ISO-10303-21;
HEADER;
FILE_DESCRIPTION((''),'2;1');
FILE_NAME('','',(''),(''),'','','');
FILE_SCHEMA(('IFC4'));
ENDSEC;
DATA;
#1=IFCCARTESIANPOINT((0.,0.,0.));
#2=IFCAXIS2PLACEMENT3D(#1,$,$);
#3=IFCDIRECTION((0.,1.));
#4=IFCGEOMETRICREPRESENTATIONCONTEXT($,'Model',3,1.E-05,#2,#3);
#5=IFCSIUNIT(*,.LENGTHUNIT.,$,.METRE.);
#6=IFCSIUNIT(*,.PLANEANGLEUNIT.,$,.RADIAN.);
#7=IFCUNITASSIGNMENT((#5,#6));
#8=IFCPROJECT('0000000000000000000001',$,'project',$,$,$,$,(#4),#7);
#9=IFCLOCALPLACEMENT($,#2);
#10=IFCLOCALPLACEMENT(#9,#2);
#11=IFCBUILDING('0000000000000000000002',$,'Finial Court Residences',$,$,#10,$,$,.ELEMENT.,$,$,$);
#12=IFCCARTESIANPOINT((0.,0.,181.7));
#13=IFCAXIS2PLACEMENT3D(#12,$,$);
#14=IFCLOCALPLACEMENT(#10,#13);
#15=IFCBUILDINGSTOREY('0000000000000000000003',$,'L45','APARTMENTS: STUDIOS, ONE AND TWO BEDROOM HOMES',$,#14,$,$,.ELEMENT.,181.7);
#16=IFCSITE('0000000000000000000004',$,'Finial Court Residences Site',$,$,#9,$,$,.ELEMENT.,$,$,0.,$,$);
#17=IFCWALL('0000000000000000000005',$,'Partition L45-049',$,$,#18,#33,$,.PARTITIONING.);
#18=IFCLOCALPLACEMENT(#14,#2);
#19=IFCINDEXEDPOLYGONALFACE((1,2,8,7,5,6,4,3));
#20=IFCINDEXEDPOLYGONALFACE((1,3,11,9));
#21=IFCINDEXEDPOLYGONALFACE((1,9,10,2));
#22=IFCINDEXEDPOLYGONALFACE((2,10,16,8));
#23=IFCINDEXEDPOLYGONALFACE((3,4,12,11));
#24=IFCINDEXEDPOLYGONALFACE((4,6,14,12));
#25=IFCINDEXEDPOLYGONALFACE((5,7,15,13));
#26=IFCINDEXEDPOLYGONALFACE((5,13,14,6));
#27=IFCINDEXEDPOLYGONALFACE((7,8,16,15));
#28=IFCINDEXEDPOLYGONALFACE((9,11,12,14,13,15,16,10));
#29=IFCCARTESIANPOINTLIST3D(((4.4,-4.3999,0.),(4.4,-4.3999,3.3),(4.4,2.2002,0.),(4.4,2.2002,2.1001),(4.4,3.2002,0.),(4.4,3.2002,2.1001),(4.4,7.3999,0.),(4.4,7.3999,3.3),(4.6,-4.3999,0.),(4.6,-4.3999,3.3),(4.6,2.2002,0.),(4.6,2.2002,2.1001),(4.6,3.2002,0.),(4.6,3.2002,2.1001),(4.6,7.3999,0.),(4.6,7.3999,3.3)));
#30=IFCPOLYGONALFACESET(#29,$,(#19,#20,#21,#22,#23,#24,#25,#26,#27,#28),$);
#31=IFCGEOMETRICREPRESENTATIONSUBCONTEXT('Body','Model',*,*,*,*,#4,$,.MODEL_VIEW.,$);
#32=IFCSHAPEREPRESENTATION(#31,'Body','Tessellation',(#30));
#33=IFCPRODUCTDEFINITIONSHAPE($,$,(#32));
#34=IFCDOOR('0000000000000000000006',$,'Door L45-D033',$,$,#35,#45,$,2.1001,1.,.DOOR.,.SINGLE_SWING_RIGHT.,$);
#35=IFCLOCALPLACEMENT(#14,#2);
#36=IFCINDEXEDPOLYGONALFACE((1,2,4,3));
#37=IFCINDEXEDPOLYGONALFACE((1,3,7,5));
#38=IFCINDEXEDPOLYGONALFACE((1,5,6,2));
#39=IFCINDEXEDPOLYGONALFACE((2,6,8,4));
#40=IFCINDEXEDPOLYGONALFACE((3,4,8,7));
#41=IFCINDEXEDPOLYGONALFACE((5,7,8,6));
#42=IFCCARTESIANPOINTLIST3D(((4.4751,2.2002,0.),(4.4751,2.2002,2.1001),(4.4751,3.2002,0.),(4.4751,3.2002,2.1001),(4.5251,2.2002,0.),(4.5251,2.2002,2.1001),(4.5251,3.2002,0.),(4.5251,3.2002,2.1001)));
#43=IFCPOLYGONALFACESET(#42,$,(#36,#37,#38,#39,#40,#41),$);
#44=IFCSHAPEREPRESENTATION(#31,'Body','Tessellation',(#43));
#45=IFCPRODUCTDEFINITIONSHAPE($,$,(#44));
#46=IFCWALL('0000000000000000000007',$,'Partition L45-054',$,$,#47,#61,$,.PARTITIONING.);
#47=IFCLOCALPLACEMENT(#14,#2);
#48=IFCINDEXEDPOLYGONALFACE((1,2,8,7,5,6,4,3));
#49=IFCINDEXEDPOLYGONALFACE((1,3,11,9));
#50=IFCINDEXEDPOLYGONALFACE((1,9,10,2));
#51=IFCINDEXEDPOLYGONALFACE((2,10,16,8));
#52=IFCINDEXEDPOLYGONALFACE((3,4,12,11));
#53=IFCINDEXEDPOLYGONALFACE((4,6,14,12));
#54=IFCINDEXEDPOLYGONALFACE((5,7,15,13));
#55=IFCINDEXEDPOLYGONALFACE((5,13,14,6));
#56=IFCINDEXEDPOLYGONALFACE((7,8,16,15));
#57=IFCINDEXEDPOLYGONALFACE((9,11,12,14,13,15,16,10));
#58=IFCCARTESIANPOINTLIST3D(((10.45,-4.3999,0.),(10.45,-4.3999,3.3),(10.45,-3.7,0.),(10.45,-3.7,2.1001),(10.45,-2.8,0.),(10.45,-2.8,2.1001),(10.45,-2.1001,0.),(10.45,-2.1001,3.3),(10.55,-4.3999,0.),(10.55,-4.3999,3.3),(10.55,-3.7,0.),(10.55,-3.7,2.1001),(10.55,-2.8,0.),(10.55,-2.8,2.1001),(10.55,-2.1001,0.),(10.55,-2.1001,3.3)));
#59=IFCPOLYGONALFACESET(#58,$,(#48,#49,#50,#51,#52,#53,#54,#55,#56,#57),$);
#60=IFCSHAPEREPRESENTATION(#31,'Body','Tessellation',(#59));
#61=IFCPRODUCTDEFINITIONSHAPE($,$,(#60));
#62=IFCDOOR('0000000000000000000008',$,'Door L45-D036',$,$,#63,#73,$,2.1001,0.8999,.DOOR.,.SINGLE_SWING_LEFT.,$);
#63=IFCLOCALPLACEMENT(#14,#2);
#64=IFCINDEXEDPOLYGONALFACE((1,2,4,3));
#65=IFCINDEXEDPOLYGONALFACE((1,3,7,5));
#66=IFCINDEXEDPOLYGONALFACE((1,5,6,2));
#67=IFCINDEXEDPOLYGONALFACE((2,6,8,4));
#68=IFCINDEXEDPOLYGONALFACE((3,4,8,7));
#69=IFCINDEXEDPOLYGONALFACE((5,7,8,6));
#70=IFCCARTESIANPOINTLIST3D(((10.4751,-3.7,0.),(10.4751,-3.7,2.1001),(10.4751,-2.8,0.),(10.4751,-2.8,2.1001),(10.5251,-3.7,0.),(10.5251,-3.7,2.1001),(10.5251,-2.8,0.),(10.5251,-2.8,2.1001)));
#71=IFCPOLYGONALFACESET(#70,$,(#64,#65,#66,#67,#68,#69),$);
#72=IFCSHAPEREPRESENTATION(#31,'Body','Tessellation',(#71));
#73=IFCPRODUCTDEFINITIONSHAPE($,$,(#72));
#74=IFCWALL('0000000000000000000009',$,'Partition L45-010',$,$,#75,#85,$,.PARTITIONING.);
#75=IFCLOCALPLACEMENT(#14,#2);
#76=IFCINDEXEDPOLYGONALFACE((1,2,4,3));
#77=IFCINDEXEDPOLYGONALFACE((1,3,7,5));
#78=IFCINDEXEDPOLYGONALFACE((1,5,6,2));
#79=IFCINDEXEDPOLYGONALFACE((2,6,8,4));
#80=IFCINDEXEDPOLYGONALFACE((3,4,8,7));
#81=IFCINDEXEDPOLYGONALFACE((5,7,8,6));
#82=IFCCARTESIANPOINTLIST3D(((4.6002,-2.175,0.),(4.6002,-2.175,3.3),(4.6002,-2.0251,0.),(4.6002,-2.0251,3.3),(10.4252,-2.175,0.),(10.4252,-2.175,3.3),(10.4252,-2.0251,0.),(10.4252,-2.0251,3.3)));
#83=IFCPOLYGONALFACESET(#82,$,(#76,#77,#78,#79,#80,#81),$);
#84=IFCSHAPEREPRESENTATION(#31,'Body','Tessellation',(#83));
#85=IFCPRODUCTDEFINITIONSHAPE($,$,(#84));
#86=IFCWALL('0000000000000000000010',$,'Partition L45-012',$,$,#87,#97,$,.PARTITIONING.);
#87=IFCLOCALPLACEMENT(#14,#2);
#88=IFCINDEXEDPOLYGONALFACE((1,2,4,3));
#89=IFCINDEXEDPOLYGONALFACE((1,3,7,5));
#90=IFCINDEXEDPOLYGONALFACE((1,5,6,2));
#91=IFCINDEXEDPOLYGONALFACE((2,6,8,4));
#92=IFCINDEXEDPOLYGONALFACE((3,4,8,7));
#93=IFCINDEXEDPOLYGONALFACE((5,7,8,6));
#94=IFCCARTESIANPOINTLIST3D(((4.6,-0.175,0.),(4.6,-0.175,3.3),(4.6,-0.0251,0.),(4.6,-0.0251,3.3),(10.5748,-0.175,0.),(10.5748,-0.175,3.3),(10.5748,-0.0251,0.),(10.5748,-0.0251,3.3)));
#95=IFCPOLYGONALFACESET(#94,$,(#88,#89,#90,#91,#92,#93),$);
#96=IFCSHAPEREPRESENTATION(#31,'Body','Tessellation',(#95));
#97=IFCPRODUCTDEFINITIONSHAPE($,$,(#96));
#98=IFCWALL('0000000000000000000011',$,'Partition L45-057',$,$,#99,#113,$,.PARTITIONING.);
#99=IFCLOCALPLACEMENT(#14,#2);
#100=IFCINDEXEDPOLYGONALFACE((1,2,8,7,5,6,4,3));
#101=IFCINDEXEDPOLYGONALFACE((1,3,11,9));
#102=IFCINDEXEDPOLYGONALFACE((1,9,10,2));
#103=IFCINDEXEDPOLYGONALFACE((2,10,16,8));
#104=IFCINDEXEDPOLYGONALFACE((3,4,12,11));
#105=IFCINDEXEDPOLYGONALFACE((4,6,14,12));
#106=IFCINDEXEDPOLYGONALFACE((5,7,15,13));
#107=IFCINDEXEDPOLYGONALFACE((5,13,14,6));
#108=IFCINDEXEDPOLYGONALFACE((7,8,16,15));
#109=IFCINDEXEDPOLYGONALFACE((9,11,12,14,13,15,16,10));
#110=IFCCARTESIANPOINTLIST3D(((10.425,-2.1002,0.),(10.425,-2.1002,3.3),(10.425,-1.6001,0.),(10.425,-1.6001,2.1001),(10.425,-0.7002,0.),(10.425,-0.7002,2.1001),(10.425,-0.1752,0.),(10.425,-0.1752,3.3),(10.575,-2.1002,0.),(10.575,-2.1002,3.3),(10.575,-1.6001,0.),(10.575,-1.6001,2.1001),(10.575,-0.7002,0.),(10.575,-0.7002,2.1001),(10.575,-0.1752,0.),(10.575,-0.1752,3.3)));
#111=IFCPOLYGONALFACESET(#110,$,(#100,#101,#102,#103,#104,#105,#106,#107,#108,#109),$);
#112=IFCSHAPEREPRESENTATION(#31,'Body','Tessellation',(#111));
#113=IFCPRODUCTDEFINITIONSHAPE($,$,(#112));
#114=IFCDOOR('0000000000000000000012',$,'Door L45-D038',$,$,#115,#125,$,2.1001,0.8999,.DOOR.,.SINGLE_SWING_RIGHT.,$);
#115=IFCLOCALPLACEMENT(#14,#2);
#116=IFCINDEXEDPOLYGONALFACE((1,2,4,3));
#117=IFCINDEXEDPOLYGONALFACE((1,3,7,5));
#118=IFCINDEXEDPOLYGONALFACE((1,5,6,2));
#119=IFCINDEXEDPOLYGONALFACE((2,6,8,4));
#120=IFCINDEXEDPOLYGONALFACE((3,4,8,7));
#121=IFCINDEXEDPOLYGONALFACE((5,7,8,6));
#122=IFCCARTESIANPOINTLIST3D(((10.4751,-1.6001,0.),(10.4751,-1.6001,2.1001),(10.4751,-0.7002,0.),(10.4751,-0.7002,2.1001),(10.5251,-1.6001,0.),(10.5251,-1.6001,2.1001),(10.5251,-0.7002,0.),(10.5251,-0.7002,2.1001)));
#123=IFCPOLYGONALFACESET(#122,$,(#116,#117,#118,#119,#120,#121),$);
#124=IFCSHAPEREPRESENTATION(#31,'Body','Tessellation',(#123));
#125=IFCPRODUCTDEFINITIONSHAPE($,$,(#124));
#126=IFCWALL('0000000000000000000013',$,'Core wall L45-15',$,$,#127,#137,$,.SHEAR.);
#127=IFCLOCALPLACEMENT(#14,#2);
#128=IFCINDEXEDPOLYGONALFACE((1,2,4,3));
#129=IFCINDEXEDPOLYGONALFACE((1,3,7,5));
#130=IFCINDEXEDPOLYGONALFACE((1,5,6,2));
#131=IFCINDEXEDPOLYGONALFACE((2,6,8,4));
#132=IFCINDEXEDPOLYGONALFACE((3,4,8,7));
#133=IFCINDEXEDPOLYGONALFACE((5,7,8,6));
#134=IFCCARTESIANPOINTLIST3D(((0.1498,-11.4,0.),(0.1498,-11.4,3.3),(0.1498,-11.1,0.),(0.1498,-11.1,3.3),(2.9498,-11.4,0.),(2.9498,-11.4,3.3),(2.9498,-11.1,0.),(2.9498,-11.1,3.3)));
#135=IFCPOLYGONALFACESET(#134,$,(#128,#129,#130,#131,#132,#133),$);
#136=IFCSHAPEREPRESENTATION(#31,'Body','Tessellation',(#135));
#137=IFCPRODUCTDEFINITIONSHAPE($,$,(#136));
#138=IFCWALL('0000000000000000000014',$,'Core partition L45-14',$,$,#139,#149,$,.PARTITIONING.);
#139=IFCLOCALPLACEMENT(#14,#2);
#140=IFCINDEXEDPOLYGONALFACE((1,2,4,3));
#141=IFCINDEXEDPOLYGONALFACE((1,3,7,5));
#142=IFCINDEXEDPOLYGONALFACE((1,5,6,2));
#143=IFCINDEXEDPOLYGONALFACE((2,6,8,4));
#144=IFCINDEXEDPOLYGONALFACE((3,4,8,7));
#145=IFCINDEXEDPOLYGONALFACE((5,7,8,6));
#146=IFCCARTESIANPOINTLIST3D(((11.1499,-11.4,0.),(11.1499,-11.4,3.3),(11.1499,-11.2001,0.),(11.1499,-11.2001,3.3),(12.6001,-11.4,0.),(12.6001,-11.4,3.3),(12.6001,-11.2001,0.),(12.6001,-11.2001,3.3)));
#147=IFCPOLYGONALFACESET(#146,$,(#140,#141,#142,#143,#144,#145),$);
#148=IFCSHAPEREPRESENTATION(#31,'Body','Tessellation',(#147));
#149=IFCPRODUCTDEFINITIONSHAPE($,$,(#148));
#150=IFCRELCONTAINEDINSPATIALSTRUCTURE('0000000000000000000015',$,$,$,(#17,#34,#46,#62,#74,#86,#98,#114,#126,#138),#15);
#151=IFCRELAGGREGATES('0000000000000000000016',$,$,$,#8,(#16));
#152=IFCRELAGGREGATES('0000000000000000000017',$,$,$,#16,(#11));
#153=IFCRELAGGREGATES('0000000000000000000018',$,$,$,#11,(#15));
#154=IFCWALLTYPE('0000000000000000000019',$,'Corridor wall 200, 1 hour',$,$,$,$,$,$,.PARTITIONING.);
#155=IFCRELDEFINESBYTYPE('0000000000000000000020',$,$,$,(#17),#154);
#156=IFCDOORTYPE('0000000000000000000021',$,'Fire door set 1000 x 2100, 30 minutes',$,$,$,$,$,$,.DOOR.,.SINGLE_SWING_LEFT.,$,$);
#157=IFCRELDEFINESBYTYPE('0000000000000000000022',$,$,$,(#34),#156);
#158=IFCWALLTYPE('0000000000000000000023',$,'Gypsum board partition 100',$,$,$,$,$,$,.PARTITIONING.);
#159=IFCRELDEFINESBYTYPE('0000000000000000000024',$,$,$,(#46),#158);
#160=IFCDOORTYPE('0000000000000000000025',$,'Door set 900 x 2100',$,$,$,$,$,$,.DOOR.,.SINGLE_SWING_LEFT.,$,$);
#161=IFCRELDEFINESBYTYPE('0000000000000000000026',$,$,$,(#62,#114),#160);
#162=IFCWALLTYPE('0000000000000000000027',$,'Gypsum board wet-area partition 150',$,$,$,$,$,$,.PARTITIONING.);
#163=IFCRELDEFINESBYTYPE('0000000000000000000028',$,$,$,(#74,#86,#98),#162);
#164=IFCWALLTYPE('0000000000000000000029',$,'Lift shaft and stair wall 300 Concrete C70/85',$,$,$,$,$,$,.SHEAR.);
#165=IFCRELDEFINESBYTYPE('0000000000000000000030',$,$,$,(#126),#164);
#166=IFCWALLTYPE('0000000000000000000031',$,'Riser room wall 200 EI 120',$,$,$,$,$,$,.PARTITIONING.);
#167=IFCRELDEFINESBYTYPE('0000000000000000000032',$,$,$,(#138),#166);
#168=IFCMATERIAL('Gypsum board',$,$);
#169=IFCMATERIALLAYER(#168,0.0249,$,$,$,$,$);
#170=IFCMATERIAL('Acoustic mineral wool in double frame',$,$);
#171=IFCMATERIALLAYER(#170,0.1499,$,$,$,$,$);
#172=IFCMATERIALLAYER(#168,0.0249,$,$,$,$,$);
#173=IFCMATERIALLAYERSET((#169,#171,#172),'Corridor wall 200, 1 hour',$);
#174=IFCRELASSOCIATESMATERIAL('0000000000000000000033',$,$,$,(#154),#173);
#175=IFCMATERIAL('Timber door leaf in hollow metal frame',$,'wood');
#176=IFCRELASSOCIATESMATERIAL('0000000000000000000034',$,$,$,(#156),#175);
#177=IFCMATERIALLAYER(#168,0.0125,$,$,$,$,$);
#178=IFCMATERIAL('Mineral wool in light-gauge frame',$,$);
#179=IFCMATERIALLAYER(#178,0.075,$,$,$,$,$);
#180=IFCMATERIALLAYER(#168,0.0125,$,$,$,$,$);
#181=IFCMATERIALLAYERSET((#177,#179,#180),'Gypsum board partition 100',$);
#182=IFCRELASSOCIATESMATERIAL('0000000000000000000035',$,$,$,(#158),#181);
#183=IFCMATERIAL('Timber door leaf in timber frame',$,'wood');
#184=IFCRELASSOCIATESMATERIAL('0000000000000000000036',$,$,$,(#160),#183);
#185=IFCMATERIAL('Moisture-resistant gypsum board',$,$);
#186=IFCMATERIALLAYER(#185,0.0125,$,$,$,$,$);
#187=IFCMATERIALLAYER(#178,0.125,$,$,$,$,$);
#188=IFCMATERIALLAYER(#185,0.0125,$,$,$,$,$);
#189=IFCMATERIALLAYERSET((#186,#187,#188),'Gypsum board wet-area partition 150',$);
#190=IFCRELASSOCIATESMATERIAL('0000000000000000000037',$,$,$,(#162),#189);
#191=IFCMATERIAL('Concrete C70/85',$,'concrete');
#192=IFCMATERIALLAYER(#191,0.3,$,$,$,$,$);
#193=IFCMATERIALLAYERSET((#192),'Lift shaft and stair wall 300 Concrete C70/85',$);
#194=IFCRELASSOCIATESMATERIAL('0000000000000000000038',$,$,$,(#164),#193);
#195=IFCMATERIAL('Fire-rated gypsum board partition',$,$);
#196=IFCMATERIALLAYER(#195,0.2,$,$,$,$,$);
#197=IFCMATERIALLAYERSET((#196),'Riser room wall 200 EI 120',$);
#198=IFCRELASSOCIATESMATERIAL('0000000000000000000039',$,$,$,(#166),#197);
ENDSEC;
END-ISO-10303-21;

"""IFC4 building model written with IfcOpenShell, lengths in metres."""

from ifc_helpers import new_model, si_unit, direction, frame, frame_2d, origin, place, context, subcontext, project, spatial, rectangle, extrude, material, layer, layer_set, type_object, element, fill, save


model = new_model("IFC4")

# Units and contexts
model_context = context("Model", 3, precision=1e-05, world=origin(), true_north=direction((0.0, 1.0)))
body_context = subcontext(model_context, "Body", "Model", "MODEL_VIEW")
ifc_project = project(units=[si_unit("LENGTHUNIT", "METRE"), si_unit("PLANEANGLEUNIT", "RADIAN")], contexts=[model_context])

# Site, building, storey
site_placement = place(None, origin())
site = spatial("IfcSite", under=ifc_project, at=site_placement, Name="Finial Court Residences Site", CompositionType="ELEMENT", RefElevation=0.0)
building_placement = place(site_placement, origin())
building = spatial("IfcBuilding", under=site, at=building_placement, Name="Finial Court Residences", CompositionType="ELEMENT")
storey_placement = place(building_placement, frame((0.0, 0.0, 181.7)))
storey = spatial("IfcBuildingStorey", under=building, at=storey_placement, Name="L45", Description="APARTMENTS: STUDIOS, ONE AND TWO BEDROOM HOMES", CompositionType="ELEMENT", Elevation=181.7)

# Shared definitions
ifc_material_1 = material(Name="Fire-rated gypsum board partition")

# Shared definitions
ifc_material_2 = material(Name="Gypsum board")
ifc_layer_1 = layer(ifc_material_2, 0.0249)
ifc_material_3 = material(Name="Acoustic mineral wool in double frame")
ifc_layer_2 = layer(ifc_material_3, 0.1499)
ifc_layer_3 = layer(ifc_material_2, 0.0249)
ifc_layer_set_1 = layer_set([ifc_layer_1, ifc_layer_2, ifc_layer_3], Name="Corridor wall 200, 1 hour")
wall_type_1 = type_object("IfcWallType", Name="Corridor wall 200, 1 hour", PredefinedType="PARTITIONING", material=ifc_layer_set_1)
ifc_material_4 = material(Name="Timber door leaf in hollow metal frame", Category="wood")
door_type_1 = type_object("IfcDoorType", Name="Fire door set 1000 x 2100, 30 minutes", OperationType="SINGLE_SWING_LEFT", PredefinedType="DOOR", material=ifc_material_4)

# Walls, openings, doors
wall_1_placement = place(storey_placement, frame((4.5, -4.3999, 0.0), z_axis=(0.0, 0.0, 1.0), x_axis=(0.0, 1.0, 0.0)))
wall_1 = element("IfcWall", 1, at=wall_1_placement, inside=storey, type_object=wall_type_1, Name="Partition L45-049", PredefinedType="PARTITIONING", context=body_context, shape_type="SweptSolid", body=[
    extrude(rectangle(XDim=11.7998, YDim=0.2, at=frame_2d((5.8999, 0.0))), origin(), (0.0, 0.0, 1.0), 3.3),
])
opening_1_placement = place(wall_1_placement, frame((6.6001, 0.0, 0.0)))
opening_1 = element("IfcOpeningElement", 2, at=opening_1_placement, cuts=wall_1, PredefinedType="OPENING", context=body_context, shape_type="SweptSolid", body=[
    extrude(rectangle(XDim=1.0, YDim=2.1001, at=frame_2d((0.5, 1.05))), frame((0.0, 0.1099, 0.0), z_axis=(0.0, -1.0, 0.0), x_axis=(1.0, 0.0, 0.0)), (0.0, 0.0, 1.0), 0.22),
])
door_1_placement = place(opening_1_placement, origin())
door_1 = element("IfcDoor", 3, at=door_1_placement, inside=storey, type_object=door_type_1, Name="Door L45-D033", OperationType="SINGLE_SWING_RIGHT", OverallHeight=2.1001, OverallWidth=1.0, PredefinedType="DOOR", context=body_context, shape_type="SweptSolid", body=[
    extrude(rectangle(XDim=1.0, YDim=2.1001, at=frame_2d((0.5, 1.05))), frame((0.0, 0.0249, 0.0), z_axis=(0.0, -1.0, 0.0), x_axis=(1.0, 0.0, 0.0)), (0.0, 0.0, 1.0), 0.05),
])
fill(opening_1, door_1)
ifc_layer_4 = layer(ifc_material_2, 0.0125)
ifc_material_5 = material(Name="Mineral wool in light-gauge frame")
ifc_layer_5 = layer(ifc_material_5, 0.075)
ifc_layer_6 = layer(ifc_material_2, 0.0125)
ifc_layer_set_2 = layer_set([ifc_layer_4, ifc_layer_5, ifc_layer_6], Name="Gypsum board partition 100")
wall_type_2 = type_object("IfcWallType", Name="Gypsum board partition 100", PredefinedType="PARTITIONING", material=ifc_layer_set_2)
wall_2_placement = place(storey_placement, frame((10.5, -4.3999, 0.0), z_axis=(0.0, 0.0, 1.0), x_axis=(0.0, 1.0, 0.0)))
wall_2 = element("IfcWall", 4, at=wall_2_placement, inside=storey, type_object=wall_type_2, Name="Partition L45-054", PredefinedType="PARTITIONING", context=body_context, shape_type="SweptSolid", body=[
    extrude(rectangle(XDim=2.2998, YDim=0.1001, at=frame_2d((1.1499, 0.0))), origin(), (0.0, 0.0, 1.0), 3.3),
])
opening_2_placement = place(wall_2_placement, frame((0.7, 0.0, 0.0)))
opening_2 = element("IfcOpeningElement", 5, at=opening_2_placement, cuts=wall_2, PredefinedType="OPENING", context=body_context, shape_type="SweptSolid", body=[
    extrude(rectangle(XDim=0.8999, YDim=2.1001, at=frame_2d((0.45, 1.05))), frame((0.0, 0.0601, 0.0), z_axis=(0.0, -1.0, 0.0), x_axis=(1.0, 0.0, 0.0)), (0.0, 0.0, 1.0), 0.1201),
])
ifc_material_6 = material(Name="Timber door leaf in timber frame", Category="wood")
door_type_2 = type_object("IfcDoorType", Name="Door set 900 x 2100", OperationType="SINGLE_SWING_LEFT", PredefinedType="DOOR", material=ifc_material_6)
door_2_placement = place(opening_2_placement, origin())
door_2 = element("IfcDoor", 6, at=door_2_placement, inside=storey, type_object=door_type_2, Name="Door L45-D036", OperationType="SINGLE_SWING_LEFT", OverallHeight=2.1001, OverallWidth=0.8999, PredefinedType="DOOR", context=body_context, shape_type="SweptSolid", body=[
    extrude(rectangle(XDim=0.8999, YDim=2.1001, at=frame_2d((0.45, 1.05))), frame((0.0, 0.0249, 0.0), z_axis=(0.0, -1.0, 0.0), x_axis=(1.0, 0.0, 0.0)), (0.0, 0.0, 1.0), 0.05),
])
fill(opening_2, door_2)

# Walls
ifc_material_7 = material(Name="Moisture-resistant gypsum board")
ifc_layer_7 = layer(ifc_material_7, 0.0125)
ifc_layer_8 = layer(ifc_material_5, 0.125)
ifc_layer_9 = layer(ifc_material_7, 0.0125)
ifc_layer_set_3 = layer_set([ifc_layer_7, ifc_layer_8, ifc_layer_9], Name="Gypsum board wet-area partition 150")
wall_type_3 = type_object("IfcWallType", Name="Gypsum board wet-area partition 150", PredefinedType="PARTITIONING", material=ifc_layer_set_3)
wall_3_placement = place(storey_placement, frame((4.6001, -2.1001, 0.0), z_axis=(0.0, 0.0, 1.0), x_axis=(1.0, 0.0, 0.0)))
element("IfcWall", 7, at=wall_3_placement, inside=storey, type_object=wall_type_3, Name="Partition L45-010", PredefinedType="PARTITIONING", context=body_context, shape_type="SweptSolid", body=[
    extrude(rectangle(XDim=5.825, YDim=0.1499, at=frame_2d((2.9126, 0.0))), origin(), (0.0, 0.0, 1.0), 3.3),
])
wall_4_placement = place(storey_placement, frame((4.6001, -0.1001, 0.0), z_axis=(0.0, 0.0, 1.0), x_axis=(1.0, 0.0, 0.0)))
element("IfcWall", 8, at=wall_4_placement, inside=storey, type_object=wall_type_3, Name="Partition L45-012", PredefinedType="PARTITIONING", context=body_context, shape_type="SweptSolid", body=[
    extrude(rectangle(XDim=5.9749, YDim=0.1499, at=frame_2d((2.9873, 0.0))), origin(), (0.0, 0.0, 1.0), 3.3),
])

# Wall, opening, door
wall_5_placement = place(storey_placement, frame((10.5, -2.1001, 0.0), z_axis=(0.0, 0.0, 1.0), x_axis=(0.0, 1.0, 0.0)))
wall_5 = element("IfcWall", 9, at=wall_5_placement, inside=storey, type_object=wall_type_3, Name="Partition L45-057", PredefinedType="PARTITIONING", context=body_context, shape_type="SweptSolid", body=[
    extrude(rectangle(XDim=1.925, YDim=0.1499, at=frame_2d((0.9624, 0.0))), origin(), (0.0, 0.0, 1.0), 3.3),
])
opening_3_placement = place(wall_5_placement, frame((0.5, 0.0, 0.0)))
opening_3 = element("IfcOpeningElement", 10, at=opening_3_placement, cuts=wall_5, PredefinedType="OPENING", context=body_context, shape_type="SweptSolid", body=[
    extrude(rectangle(XDim=0.8999, YDim=2.1001, at=frame_2d((0.45, 1.05))), frame((0.0, 0.085, 0.0), z_axis=(0.0, -1.0, 0.0), x_axis=(1.0, 0.0, 0.0)), (0.0, 0.0, 1.0), 0.1699),
])
door_3_placement = place(opening_3_placement, origin())
door_3 = element("IfcDoor", 11, at=door_3_placement, inside=storey, type_object=door_type_2, Name="Door L45-D038", OperationType="SINGLE_SWING_RIGHT", OverallHeight=2.1001, OverallWidth=0.8999, PredefinedType="DOOR", context=body_context, shape_type="SweptSolid", body=[
    extrude(rectangle(XDim=0.8999, YDim=2.1001, at=frame_2d((0.45, 1.05))), frame((0.0, 0.0249, 0.0), z_axis=(0.0, -1.0, 0.0), x_axis=(1.0, 0.0, 0.0)), (0.0, 0.0, 1.0), 0.05),
])
fill(opening_3, door_3)

# Walls
ifc_material_8 = material(Name="Concrete C70/85", Category="concrete")
ifc_layer_10 = layer(ifc_material_8, 0.3)
ifc_layer_set_4 = layer_set([ifc_layer_10], Name="Lift shaft and stair wall 300 Concrete C70/85")
wall_type_4 = type_object("IfcWallType", Name="Lift shaft and stair wall 300 Concrete C70/85", PredefinedType="SHEAR", material=ifc_layer_set_4)
wall_6_placement = place(storey_placement, frame((0.1499, -11.25, 0.0), z_axis=(0.0, 0.0, 1.0), x_axis=(1.0, 0.0, 0.0)))
element("IfcWall", 12, at=wall_6_placement, inside=storey, type_object=wall_type_4, Name="Core wall L45-15", PredefinedType="SHEAR", context=body_context, shape_type="SweptSolid", body=[
    extrude(rectangle(XDim=2.8, YDim=0.3, at=frame_2d((1.3999, 0.0))), origin(), (0.0, 0.0, 1.0), 3.3),
])
ifc_layer_11 = layer(ifc_material_1, 0.2)
ifc_layer_set_5 = layer_set([ifc_layer_11], Name="Riser room wall 200 EI 120")
wall_type_5 = type_object("IfcWallType", Name="Riser room wall 200 EI 120", PredefinedType="PARTITIONING", material=ifc_layer_set_5)
wall_7_placement = place(storey_placement, frame((11.1499, -11.3, 0.0), z_axis=(0.0, 0.0, 1.0), x_axis=(1.0, 0.0, 0.0)))
element("IfcWall", 13, at=wall_7_placement, inside=storey, type_object=wall_type_5, Name="Core partition L45-14", PredefinedType="PARTITIONING", context=body_context, shape_type="SweptSolid", body=[
    extrude(rectangle(XDim=1.4502, YDim=0.2, at=frame_2d((0.7251, 0.0))), origin(), (0.0, 0.0, 1.0), 3.3),
])

save(model, "model.ifc")
